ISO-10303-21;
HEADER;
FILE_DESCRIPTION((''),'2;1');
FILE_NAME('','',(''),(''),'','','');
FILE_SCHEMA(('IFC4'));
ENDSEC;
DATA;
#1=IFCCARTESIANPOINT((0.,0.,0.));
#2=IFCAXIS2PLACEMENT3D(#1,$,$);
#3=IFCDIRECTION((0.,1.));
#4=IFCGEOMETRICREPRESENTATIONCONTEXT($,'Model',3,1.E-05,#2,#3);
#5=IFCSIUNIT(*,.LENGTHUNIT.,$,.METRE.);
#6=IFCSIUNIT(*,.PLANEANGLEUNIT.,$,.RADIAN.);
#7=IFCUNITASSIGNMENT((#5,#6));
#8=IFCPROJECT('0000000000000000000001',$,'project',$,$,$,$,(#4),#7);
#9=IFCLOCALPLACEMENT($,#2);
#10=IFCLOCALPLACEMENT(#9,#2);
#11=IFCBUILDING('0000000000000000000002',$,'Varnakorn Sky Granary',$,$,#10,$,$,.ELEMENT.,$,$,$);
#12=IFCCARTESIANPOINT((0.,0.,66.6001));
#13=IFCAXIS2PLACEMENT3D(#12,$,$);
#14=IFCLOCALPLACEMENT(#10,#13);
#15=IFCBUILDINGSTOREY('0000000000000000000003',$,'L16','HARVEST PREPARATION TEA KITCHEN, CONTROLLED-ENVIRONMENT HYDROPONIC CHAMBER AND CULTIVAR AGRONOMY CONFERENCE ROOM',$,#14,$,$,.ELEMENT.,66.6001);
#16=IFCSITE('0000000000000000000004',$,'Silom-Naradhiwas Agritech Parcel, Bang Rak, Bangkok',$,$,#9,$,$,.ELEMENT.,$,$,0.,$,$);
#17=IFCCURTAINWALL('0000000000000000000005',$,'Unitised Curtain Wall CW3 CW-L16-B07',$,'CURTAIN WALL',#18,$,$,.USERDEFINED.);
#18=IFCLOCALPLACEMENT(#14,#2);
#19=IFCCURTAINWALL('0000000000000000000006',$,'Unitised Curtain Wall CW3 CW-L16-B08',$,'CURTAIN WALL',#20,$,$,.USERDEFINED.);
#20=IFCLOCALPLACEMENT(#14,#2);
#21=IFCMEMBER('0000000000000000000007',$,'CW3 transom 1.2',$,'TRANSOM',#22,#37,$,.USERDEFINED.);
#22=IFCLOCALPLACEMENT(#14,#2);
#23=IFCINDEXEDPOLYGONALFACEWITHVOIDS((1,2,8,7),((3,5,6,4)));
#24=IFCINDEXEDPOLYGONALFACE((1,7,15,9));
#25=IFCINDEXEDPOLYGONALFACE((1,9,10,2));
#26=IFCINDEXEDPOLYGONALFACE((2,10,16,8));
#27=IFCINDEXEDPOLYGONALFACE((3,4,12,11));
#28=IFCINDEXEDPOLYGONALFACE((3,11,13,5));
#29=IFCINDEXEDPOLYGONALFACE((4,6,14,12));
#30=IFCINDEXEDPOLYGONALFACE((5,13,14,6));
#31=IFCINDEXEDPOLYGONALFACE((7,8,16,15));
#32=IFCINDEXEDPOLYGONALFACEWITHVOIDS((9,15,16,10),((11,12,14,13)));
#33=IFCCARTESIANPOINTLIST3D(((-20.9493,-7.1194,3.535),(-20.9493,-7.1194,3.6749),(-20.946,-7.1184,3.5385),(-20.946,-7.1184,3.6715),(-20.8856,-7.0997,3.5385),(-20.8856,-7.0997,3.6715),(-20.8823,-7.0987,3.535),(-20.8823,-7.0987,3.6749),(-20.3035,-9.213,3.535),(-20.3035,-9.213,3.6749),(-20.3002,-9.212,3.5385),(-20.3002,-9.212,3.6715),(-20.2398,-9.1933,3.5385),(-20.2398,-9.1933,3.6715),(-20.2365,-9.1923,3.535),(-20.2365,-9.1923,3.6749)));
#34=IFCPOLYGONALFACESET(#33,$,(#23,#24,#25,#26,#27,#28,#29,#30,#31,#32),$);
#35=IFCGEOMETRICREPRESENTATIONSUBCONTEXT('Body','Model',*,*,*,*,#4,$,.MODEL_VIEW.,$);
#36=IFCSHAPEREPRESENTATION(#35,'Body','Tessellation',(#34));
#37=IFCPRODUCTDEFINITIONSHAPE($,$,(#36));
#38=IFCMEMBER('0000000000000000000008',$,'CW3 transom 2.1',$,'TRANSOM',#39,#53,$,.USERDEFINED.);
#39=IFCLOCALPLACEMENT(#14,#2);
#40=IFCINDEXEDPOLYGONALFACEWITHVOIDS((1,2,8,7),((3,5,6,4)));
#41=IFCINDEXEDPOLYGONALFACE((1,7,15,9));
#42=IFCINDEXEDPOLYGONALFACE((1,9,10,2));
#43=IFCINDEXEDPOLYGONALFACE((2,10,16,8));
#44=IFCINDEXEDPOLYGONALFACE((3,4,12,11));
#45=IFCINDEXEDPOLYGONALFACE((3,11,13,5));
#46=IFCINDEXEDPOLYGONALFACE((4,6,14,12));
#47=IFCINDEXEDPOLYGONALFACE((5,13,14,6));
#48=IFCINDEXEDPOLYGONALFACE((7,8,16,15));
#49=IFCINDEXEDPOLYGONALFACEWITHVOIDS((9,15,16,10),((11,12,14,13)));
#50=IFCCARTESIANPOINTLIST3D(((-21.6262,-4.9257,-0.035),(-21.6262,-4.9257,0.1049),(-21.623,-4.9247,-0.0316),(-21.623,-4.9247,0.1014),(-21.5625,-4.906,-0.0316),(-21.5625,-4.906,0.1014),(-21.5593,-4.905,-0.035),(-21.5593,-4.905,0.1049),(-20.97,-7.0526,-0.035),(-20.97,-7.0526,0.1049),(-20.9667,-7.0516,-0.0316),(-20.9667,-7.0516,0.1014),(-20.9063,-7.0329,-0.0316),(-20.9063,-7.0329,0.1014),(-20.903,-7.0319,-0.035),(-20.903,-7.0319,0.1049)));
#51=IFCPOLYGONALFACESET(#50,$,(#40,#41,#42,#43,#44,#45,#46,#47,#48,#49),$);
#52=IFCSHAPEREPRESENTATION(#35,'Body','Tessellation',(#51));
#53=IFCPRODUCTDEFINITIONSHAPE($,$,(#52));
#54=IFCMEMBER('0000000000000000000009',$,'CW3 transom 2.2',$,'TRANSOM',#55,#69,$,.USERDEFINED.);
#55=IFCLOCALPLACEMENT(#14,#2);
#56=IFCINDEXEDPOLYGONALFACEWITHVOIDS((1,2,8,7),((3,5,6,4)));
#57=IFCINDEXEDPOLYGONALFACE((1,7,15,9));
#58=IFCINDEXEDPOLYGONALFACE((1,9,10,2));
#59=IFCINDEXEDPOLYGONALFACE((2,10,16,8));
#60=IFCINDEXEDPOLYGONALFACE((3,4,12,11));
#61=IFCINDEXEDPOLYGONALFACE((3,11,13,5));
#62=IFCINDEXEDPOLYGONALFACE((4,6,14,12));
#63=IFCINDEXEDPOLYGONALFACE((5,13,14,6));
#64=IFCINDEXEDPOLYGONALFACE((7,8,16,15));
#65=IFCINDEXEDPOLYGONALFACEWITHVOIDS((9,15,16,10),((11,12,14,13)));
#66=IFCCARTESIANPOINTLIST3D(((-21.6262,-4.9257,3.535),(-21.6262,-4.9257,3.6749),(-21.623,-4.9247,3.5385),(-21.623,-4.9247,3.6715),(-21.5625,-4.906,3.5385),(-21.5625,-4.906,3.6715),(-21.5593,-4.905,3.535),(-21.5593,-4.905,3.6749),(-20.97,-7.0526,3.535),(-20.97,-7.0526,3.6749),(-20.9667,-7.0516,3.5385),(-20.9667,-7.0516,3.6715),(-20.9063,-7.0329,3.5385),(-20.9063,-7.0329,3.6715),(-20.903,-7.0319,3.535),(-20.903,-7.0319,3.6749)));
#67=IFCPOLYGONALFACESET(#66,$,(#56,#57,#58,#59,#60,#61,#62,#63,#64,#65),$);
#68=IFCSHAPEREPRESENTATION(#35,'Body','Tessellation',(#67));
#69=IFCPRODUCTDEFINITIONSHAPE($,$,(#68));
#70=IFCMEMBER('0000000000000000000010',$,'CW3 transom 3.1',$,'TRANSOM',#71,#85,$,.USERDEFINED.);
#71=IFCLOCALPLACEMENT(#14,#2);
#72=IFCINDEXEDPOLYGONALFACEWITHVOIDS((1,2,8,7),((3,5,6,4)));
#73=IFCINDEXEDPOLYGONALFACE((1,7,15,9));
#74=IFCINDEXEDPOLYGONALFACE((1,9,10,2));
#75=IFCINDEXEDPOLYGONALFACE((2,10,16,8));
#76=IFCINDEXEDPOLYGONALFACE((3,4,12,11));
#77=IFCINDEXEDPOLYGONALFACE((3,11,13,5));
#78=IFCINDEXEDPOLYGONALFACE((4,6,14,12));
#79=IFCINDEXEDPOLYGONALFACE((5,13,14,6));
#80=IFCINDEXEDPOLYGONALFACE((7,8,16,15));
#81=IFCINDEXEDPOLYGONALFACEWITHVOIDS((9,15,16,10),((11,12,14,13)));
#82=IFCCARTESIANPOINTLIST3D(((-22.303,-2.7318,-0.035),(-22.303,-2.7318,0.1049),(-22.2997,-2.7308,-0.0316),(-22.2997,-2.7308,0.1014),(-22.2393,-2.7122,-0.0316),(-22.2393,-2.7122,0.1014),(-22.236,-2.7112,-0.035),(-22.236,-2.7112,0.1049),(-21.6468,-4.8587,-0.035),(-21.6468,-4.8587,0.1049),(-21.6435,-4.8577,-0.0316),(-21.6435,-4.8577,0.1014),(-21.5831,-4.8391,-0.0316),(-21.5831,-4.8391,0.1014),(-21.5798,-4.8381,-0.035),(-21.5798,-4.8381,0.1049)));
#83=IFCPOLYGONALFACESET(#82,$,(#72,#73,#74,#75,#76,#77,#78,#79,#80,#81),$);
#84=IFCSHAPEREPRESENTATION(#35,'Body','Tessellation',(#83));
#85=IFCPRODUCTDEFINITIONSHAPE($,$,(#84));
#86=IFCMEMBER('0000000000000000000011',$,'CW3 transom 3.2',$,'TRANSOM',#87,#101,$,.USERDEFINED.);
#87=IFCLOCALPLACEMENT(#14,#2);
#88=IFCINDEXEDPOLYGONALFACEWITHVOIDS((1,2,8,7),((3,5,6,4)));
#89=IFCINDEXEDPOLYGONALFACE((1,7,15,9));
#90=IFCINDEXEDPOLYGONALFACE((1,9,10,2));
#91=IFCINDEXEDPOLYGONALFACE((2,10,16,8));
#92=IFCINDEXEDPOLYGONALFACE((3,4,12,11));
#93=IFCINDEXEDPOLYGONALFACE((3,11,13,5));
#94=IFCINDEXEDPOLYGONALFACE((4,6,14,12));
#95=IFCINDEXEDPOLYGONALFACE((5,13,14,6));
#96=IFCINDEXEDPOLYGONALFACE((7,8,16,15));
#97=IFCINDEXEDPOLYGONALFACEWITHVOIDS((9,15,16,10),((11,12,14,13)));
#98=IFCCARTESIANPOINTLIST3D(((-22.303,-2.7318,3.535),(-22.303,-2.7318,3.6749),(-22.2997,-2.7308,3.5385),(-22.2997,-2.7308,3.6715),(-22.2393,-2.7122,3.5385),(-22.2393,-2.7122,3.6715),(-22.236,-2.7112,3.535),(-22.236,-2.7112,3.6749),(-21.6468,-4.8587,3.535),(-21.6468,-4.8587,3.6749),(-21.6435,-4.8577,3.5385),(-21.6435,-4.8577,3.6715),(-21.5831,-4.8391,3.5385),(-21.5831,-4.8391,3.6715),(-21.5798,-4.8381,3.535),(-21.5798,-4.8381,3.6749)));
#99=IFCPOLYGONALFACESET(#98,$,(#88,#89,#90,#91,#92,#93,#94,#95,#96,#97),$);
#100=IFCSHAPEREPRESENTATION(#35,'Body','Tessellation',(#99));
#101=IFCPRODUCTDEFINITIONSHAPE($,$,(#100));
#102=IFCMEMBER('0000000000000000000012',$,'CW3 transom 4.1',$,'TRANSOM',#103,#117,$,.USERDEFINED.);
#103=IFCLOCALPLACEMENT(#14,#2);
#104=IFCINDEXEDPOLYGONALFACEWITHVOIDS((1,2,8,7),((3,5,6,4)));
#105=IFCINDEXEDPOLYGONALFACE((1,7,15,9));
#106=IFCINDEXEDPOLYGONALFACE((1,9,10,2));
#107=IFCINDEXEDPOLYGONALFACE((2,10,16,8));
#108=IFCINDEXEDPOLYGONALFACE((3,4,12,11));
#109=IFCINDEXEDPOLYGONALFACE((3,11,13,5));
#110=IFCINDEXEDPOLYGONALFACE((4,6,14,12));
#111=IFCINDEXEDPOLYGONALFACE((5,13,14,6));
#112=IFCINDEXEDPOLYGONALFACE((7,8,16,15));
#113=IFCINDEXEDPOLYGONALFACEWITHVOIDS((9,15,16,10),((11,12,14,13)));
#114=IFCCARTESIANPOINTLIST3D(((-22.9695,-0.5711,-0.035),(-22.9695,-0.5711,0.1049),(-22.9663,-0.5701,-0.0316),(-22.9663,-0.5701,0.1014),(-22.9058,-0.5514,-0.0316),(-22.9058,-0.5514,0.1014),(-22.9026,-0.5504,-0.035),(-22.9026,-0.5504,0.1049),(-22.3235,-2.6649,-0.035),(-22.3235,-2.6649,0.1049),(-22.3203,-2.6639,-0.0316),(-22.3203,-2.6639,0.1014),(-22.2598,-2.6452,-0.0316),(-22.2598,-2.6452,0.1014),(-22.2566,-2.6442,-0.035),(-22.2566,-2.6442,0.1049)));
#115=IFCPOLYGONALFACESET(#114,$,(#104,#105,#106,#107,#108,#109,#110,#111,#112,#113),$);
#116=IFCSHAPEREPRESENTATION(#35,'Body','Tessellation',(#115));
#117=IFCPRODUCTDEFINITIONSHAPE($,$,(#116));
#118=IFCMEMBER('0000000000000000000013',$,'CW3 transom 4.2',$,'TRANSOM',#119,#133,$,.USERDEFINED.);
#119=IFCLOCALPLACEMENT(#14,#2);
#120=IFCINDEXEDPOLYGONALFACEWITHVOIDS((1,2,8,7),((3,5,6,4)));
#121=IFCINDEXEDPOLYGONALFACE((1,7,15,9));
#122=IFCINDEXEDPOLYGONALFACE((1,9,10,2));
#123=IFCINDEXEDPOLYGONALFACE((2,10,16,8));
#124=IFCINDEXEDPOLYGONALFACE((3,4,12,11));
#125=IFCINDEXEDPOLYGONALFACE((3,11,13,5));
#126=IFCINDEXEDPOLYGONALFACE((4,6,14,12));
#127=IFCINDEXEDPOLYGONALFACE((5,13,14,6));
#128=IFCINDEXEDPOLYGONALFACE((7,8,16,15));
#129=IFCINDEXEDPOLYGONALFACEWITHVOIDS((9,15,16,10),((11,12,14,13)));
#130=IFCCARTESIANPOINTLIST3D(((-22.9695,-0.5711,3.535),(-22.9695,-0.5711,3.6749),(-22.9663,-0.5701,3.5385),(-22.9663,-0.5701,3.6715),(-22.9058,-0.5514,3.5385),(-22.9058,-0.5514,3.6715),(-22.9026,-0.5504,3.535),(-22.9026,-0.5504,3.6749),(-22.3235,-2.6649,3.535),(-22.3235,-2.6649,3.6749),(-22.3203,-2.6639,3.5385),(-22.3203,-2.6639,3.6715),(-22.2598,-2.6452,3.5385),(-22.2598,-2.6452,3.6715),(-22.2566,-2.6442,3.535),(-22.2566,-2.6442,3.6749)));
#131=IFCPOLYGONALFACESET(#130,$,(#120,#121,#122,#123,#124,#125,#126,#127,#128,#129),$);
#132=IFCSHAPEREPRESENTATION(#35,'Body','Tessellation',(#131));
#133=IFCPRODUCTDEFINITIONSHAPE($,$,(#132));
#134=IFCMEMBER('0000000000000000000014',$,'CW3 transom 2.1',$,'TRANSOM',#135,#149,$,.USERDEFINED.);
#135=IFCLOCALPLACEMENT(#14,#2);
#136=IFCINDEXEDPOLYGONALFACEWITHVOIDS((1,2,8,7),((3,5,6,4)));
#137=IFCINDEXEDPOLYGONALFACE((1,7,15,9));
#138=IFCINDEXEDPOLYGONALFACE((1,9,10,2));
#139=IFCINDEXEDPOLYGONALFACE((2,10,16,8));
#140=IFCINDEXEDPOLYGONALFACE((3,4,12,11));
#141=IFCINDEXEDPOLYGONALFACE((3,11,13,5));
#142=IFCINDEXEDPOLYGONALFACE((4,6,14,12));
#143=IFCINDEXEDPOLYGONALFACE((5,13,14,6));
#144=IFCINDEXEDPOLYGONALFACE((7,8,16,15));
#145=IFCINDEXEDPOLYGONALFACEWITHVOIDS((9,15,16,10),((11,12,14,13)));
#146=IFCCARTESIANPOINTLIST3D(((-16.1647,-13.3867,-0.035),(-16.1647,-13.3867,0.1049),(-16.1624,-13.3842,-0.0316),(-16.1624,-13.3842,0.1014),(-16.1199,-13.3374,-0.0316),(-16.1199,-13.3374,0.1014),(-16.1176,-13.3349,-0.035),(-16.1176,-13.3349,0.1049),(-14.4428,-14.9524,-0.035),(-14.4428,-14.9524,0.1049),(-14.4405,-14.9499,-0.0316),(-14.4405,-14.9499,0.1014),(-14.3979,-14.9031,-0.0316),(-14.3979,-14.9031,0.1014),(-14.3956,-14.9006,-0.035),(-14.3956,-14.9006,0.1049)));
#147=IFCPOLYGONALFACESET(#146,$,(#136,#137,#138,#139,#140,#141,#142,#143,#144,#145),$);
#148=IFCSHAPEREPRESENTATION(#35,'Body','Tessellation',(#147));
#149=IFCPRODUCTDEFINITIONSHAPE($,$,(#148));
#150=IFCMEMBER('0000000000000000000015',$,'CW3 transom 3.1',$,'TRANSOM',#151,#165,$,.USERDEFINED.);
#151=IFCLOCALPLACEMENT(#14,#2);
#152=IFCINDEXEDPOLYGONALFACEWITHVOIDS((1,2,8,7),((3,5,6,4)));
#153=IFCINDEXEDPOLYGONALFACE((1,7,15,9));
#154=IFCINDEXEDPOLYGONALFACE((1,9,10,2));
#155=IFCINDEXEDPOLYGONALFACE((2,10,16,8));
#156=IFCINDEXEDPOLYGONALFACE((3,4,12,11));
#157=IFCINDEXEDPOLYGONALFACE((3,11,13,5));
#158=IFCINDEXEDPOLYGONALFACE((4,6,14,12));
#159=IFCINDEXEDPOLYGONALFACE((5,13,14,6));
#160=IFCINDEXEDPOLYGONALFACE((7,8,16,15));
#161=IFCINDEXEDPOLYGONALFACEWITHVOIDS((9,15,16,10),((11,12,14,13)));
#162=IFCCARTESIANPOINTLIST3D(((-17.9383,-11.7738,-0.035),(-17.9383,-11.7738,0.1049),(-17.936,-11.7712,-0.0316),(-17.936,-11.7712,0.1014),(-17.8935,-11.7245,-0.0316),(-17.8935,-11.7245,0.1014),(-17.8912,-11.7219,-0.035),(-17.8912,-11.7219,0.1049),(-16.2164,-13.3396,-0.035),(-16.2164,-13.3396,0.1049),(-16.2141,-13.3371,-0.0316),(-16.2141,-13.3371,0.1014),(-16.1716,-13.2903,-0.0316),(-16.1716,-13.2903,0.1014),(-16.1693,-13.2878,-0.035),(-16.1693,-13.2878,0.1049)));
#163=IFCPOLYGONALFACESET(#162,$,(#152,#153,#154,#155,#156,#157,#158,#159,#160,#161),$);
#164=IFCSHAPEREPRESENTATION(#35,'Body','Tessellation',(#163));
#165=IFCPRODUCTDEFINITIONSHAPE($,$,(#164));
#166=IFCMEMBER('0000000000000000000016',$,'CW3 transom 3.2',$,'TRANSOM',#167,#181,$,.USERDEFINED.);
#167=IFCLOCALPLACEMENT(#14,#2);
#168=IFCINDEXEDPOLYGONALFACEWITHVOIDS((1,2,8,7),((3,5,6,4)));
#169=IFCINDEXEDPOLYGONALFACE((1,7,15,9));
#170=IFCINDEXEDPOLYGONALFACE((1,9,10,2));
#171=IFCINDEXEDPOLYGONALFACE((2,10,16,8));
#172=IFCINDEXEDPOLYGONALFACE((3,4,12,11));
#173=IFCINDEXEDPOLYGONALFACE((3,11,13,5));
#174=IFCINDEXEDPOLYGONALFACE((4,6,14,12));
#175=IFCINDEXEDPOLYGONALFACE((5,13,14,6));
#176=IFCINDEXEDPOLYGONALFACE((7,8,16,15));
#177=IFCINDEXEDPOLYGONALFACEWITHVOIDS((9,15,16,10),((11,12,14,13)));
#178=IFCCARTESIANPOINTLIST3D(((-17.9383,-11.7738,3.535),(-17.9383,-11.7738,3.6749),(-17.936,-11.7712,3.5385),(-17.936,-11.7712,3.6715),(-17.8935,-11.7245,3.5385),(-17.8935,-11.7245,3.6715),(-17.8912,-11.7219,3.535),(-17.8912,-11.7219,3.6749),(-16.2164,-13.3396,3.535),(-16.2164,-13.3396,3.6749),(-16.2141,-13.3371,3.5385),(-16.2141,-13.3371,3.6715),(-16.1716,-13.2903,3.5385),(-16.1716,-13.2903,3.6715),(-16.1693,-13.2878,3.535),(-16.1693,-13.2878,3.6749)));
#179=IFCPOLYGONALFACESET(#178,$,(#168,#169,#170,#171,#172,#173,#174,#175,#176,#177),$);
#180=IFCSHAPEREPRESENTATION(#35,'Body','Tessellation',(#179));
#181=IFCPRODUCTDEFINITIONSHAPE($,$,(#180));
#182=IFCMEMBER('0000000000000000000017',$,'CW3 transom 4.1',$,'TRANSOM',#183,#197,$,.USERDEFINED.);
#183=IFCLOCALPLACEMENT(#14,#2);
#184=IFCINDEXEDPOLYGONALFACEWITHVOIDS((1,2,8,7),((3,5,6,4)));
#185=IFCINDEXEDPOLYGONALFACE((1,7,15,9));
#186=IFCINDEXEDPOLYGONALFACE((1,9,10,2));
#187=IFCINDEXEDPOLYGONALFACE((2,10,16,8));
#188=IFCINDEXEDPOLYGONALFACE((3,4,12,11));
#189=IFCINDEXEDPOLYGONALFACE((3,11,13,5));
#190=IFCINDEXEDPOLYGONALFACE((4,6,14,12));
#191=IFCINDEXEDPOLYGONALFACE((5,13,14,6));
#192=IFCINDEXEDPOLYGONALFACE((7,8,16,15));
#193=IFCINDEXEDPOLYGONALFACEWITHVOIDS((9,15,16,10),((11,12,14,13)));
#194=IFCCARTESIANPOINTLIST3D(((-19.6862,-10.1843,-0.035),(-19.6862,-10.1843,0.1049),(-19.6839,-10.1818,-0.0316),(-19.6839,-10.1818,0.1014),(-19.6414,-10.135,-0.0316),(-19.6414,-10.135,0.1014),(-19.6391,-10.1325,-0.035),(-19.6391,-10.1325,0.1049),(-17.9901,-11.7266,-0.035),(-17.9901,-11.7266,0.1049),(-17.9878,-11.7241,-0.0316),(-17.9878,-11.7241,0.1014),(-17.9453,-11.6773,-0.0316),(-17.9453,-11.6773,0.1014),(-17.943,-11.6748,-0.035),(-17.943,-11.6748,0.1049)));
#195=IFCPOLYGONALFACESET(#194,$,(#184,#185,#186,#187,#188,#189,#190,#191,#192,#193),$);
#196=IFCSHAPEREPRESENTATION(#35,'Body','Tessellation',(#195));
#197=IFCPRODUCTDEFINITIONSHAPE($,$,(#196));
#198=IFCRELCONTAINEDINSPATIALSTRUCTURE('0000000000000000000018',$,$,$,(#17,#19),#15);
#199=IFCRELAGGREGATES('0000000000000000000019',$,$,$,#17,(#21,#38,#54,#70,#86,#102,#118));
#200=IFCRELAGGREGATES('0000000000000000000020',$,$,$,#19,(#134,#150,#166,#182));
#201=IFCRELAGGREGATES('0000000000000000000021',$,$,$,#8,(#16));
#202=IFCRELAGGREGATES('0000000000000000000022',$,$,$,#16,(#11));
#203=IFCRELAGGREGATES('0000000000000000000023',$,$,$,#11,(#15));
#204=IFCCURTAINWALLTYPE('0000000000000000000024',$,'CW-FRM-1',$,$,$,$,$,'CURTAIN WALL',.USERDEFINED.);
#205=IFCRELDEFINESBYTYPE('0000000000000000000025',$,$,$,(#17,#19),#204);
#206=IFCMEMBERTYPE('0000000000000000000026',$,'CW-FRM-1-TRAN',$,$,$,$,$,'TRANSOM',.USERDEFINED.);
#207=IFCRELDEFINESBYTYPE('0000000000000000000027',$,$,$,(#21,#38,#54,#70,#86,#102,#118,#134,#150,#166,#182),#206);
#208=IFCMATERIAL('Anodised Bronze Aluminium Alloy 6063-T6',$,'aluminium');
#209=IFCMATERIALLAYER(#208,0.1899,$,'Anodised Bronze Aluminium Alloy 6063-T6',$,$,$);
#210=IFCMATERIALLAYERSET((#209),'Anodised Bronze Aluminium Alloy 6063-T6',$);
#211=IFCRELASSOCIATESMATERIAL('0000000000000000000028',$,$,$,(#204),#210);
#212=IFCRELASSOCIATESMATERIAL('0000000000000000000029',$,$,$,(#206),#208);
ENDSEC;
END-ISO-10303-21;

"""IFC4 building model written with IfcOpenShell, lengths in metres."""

from ifc_helpers import new_model, si_unit, direction, frame, origin, origin_2d, place, context, subcontext, project, spatial, hollow_rectangle, extrude, material, layer, layer_set, material_profile, profile_set, type_object, element, aggregate, save


model = new_model("IFC4")

# Units and contexts
model_context = context("Model", 3, precision=1e-05, world=origin(), true_north=direction((0.0, 1.0)))
body_context = subcontext(model_context, "Body", "Model", "MODEL_VIEW")
ifc_project = project(units=[si_unit("LENGTHUNIT", "METRE"), si_unit("PLANEANGLEUNIT", "RADIAN")], contexts=[model_context])

# Site, building, storey
site_placement = place(None, origin())
site = spatial("IfcSite", under=ifc_project, at=site_placement, Name="Silom-Naradhiwas Agritech Parcel, Bang Rak, Bangkok", CompositionType="ELEMENT", RefElevation=0.0)
building_placement = place(site_placement, origin())
building = spatial("IfcBuilding", under=site, at=building_placement, Name="Varnakorn Sky Granary", CompositionType="ELEMENT")
storey_placement = place(building_placement, frame((0.0, 0.0, 66.6001)))
storey = spatial("IfcBuildingStorey", under=building, at=storey_placement, Name="L16", Description="HARVEST PREPARATION TEA KITCHEN, CONTROLLED-ENVIRONMENT HYDROPONIC CHAMBER AND CULTIVAR AGRONOMY CONFERENCE ROOM", CompositionType="ELEMENT", Elevation=66.6001)

# Curtain walls
ifc_material_1 = material(Name="Anodised Bronze Aluminium Alloy 6063-T6", Category="aluminium")
ifc_layer_1 = layer(ifc_material_1, 0.1899, Name="Anodised Bronze Aluminium Alloy 6063-T6")
ifc_layer_set_1 = layer_set([ifc_layer_1], Name="Anodised Bronze Aluminium Alloy 6063-T6")
curtain_wall_type = type_object("IfcCurtainWallType", Name="CW-FRM-1", ElementType="CURTAIN WALL", PredefinedType="USERDEFINED", material=ifc_layer_set_1)
curtain_wall_1_placement = place(storey_placement, origin())
curtain_wall_1 = element("IfcCurtainWall", 1, at=curtain_wall_1_placement, inside=storey, type_object=curtain_wall_type, Name="Unitised Curtain Wall CW3 CW-L16-B07", ObjectType="CURTAIN WALL", PredefinedType="USERDEFINED")
curtain_wall_2_placement = place(storey_placement, origin())
curtain_wall_2 = element("IfcCurtainWall", 2, at=curtain_wall_2_placement, inside=storey, type_object=curtain_wall_type, Name="Unitised Curtain Wall CW3 CW-L16-B08", ObjectType="CURTAIN WALL", PredefinedType="USERDEFINED")

# Members
ifc_material_profile_1 = material_profile(ifc_material_1, hollow_rectangle(XDim=0.0701, YDim=0.1399, WallThickness=0.0034, at=origin_2d()), Name="ALU TRAN 70x140")
ifc_profile_set_1 = profile_set([ifc_material_profile_1], Name="Anodised Bronze Aluminium Alloy 6063-T6")
member_type_1 = type_object("IfcMemberType", Name="CW-FRM-1-TRAN", ElementType="TRANSOM", PredefinedType="USERDEFINED", material=ifc_profile_set_1)
member_1_placement = place(storey_placement, frame((-20.27, -9.2026, 3.605), z_axis=(-0.294751, 0.955574, 0.0), x_axis=(-0.955574, -0.294751, 0.0)))
member_1 = element("IfcMember", 3, at=member_1_placement, type_object=member_type_1, Name="CW3 transom 1.2", ObjectType="TRANSOM", PredefinedType="USERDEFINED", context=body_context, shape_type="SweptSolid", body=[
    extrude(hollow_rectangle(XDim=0.0701, YDim=0.1399, WallThickness=0.0034, at=origin_2d()), origin(), (0.0, 0.0, 1.0), 2.1909),
])
member_2_placement = place(storey_placement, frame((-20.9365, -7.0422, 0.0349), z_axis=(-0.294826, 0.955551, 0.0), x_axis=(-0.955551, -0.294826, 0.0)))
member_2 = element("IfcMember", 4, at=member_2_placement, type_object=member_type_1, Name="CW3 transom 2.1", ObjectType="TRANSOM", PredefinedType="USERDEFINED", context=body_context, shape_type="SweptSolid", body=[
    extrude(hollow_rectangle(XDim=0.0701, YDim=0.1399, WallThickness=0.0034, at=origin_2d()), origin(), (0.0, 0.0, 1.0), 2.2258),
])
member_3_placement = place(storey_placement, frame((-20.9365, -7.0422, 3.605), z_axis=(-0.294826, 0.955551, 0.0), x_axis=(-0.955551, -0.294826, 0.0)))
member_3 = element("IfcMember", 5, at=member_3_placement, type_object=member_type_1, Name="CW3 transom 2.2", ObjectType="TRANSOM", PredefinedType="USERDEFINED", context=body_context, shape_type="SweptSolid", body=[
    extrude(hollow_rectangle(XDim=0.0701, YDim=0.1399, WallThickness=0.0034, at=origin_2d()), origin(), (0.0, 0.0, 1.0), 2.2258),
])
member_4_placement = place(storey_placement, frame((-21.6133, -4.8484, 0.0349), z_axis=(-0.294826, 0.955551, 0.0), x_axis=(-0.955551, -0.294826, 0.0)))
member_4 = element("IfcMember", 6, at=member_4_placement, type_object=member_type_1, Name="CW3 transom 3.1", ObjectType="TRANSOM", PredefinedType="USERDEFINED", context=body_context, shape_type="SweptSolid", body=[
    extrude(hollow_rectangle(XDim=0.0701, YDim=0.1399, WallThickness=0.0034, at=origin_2d()), origin(), (0.0, 0.0, 1.0), 2.2258),
])
member_5_placement = place(storey_placement, frame((-21.6133, -4.8484, 3.605), z_axis=(-0.294826, 0.955551, 0.0), x_axis=(-0.955551, -0.294826, 0.0)))
member_5 = element("IfcMember", 7, at=member_5_placement, type_object=member_type_1, Name="CW3 transom 3.2", ObjectType="TRANSOM", PredefinedType="USERDEFINED", context=body_context, shape_type="SweptSolid", body=[
    extrude(hollow_rectangle(XDim=0.0701, YDim=0.1399, WallThickness=0.0034, at=origin_2d()), origin(), (0.0, 0.0, 1.0), 2.2258),
])
member_6_placement = place(storey_placement, frame((-22.29, -2.6545, 0.0349), z_axis=(-0.294822, 0.955552, 0.0), x_axis=(-0.955552, -0.294822, 0.0)))
member_6 = element("IfcMember", 8, at=member_6_placement, type_object=member_type_1, Name="CW3 transom 4.1", ObjectType="TRANSOM", PredefinedType="USERDEFINED", context=body_context, shape_type="SweptSolid", body=[
    extrude(hollow_rectangle(XDim=0.0701, YDim=0.1399, WallThickness=0.0034, at=origin_2d()), origin(), (0.0, 0.0, 1.0), 2.1912),
])
member_7_placement = place(storey_placement, frame((-22.29, -2.6545, 3.605), z_axis=(-0.294822, 0.955552, 0.0), x_axis=(-0.955552, -0.294822, 0.0)))
member_7 = element("IfcMember", 9, at=member_7_placement, type_object=member_type_1, Name="CW3 transom 4.2", ObjectType="TRANSOM", PredefinedType="USERDEFINED", context=body_context, shape_type="SweptSolid", body=[
    extrude(hollow_rectangle(XDim=0.0701, YDim=0.1399, WallThickness=0.0034, at=origin_2d()), origin(), (0.0, 0.0, 1.0), 2.1912),
])
member_8_placement = place(storey_placement, frame((-14.4192, -14.9265, 0.0349), z_axis=(-0.739878, 0.672741, 0.0), x_axis=(-0.672741, -0.739878, 0.0)))
member_8 = element("IfcMember", 10, at=member_8_placement, type_object=member_type_1, Name="CW3 transom 2.1", ObjectType="TRANSOM", PredefinedType="USERDEFINED", context=body_context, shape_type="SweptSolid", body=[
    extrude(hollow_rectangle(XDim=0.0701, YDim=0.1399, WallThickness=0.0034, at=origin_2d()), origin(), (0.0, 0.0, 1.0), 2.3274),
])
member_9_placement = place(storey_placement, frame((-16.1929, -13.3137, 0.0349), z_axis=(-0.739826, 0.672798, 0.0), x_axis=(-0.672798, -0.739826, 0.0)))
member_9 = element("IfcMember", 11, at=member_9_placement, type_object=member_type_1, Name="CW3 transom 3.1", ObjectType="TRANSOM", PredefinedType="USERDEFINED", context=body_context, shape_type="SweptSolid", body=[
    extrude(hollow_rectangle(XDim=0.0701, YDim=0.1399, WallThickness=0.0034, at=origin_2d()), origin(), (0.0, 0.0, 1.0), 2.3274),
])
member_10_placement = place(storey_placement, frame((-16.1929, -13.3137, 3.605), z_axis=(-0.739826, 0.672798, 0.0), x_axis=(-0.672798, -0.739826, 0.0)))
member_10 = element("IfcMember", 12, at=member_10_placement, type_object=member_type_1, Name="CW3 transom 3.2", ObjectType="TRANSOM", PredefinedType="USERDEFINED", context=body_context, shape_type="SweptSolid", body=[
    extrude(hollow_rectangle(XDim=0.0701, YDim=0.1399, WallThickness=0.0034, at=origin_2d()), origin(), (0.0, 0.0, 1.0), 2.3274),
])
member_11_placement = place(storey_placement, frame((-17.9666, -11.7007, 0.0349), z_axis=(-0.739858, 0.672763, 0.0), x_axis=(-0.672763, -0.739858, 0.0)))
member_11 = element("IfcMember", 13, at=member_11_placement, type_object=member_type_1, Name="CW3 transom 4.1", ObjectType="TRANSOM", PredefinedType="USERDEFINED", context=body_context, shape_type="SweptSolid", body=[
    extrude(hollow_rectangle(XDim=0.0701, YDim=0.1399, WallThickness=0.0034, at=origin_2d()), origin(), (0.0, 0.0, 1.0), 2.2925),
])

aggregate(curtain_wall_1, [member_1, member_2, member_3, member_4, member_5, member_6, member_7])
aggregate(curtain_wall_2, [member_8, member_9, member_10, member_11])

save(model, "model.ifc")
